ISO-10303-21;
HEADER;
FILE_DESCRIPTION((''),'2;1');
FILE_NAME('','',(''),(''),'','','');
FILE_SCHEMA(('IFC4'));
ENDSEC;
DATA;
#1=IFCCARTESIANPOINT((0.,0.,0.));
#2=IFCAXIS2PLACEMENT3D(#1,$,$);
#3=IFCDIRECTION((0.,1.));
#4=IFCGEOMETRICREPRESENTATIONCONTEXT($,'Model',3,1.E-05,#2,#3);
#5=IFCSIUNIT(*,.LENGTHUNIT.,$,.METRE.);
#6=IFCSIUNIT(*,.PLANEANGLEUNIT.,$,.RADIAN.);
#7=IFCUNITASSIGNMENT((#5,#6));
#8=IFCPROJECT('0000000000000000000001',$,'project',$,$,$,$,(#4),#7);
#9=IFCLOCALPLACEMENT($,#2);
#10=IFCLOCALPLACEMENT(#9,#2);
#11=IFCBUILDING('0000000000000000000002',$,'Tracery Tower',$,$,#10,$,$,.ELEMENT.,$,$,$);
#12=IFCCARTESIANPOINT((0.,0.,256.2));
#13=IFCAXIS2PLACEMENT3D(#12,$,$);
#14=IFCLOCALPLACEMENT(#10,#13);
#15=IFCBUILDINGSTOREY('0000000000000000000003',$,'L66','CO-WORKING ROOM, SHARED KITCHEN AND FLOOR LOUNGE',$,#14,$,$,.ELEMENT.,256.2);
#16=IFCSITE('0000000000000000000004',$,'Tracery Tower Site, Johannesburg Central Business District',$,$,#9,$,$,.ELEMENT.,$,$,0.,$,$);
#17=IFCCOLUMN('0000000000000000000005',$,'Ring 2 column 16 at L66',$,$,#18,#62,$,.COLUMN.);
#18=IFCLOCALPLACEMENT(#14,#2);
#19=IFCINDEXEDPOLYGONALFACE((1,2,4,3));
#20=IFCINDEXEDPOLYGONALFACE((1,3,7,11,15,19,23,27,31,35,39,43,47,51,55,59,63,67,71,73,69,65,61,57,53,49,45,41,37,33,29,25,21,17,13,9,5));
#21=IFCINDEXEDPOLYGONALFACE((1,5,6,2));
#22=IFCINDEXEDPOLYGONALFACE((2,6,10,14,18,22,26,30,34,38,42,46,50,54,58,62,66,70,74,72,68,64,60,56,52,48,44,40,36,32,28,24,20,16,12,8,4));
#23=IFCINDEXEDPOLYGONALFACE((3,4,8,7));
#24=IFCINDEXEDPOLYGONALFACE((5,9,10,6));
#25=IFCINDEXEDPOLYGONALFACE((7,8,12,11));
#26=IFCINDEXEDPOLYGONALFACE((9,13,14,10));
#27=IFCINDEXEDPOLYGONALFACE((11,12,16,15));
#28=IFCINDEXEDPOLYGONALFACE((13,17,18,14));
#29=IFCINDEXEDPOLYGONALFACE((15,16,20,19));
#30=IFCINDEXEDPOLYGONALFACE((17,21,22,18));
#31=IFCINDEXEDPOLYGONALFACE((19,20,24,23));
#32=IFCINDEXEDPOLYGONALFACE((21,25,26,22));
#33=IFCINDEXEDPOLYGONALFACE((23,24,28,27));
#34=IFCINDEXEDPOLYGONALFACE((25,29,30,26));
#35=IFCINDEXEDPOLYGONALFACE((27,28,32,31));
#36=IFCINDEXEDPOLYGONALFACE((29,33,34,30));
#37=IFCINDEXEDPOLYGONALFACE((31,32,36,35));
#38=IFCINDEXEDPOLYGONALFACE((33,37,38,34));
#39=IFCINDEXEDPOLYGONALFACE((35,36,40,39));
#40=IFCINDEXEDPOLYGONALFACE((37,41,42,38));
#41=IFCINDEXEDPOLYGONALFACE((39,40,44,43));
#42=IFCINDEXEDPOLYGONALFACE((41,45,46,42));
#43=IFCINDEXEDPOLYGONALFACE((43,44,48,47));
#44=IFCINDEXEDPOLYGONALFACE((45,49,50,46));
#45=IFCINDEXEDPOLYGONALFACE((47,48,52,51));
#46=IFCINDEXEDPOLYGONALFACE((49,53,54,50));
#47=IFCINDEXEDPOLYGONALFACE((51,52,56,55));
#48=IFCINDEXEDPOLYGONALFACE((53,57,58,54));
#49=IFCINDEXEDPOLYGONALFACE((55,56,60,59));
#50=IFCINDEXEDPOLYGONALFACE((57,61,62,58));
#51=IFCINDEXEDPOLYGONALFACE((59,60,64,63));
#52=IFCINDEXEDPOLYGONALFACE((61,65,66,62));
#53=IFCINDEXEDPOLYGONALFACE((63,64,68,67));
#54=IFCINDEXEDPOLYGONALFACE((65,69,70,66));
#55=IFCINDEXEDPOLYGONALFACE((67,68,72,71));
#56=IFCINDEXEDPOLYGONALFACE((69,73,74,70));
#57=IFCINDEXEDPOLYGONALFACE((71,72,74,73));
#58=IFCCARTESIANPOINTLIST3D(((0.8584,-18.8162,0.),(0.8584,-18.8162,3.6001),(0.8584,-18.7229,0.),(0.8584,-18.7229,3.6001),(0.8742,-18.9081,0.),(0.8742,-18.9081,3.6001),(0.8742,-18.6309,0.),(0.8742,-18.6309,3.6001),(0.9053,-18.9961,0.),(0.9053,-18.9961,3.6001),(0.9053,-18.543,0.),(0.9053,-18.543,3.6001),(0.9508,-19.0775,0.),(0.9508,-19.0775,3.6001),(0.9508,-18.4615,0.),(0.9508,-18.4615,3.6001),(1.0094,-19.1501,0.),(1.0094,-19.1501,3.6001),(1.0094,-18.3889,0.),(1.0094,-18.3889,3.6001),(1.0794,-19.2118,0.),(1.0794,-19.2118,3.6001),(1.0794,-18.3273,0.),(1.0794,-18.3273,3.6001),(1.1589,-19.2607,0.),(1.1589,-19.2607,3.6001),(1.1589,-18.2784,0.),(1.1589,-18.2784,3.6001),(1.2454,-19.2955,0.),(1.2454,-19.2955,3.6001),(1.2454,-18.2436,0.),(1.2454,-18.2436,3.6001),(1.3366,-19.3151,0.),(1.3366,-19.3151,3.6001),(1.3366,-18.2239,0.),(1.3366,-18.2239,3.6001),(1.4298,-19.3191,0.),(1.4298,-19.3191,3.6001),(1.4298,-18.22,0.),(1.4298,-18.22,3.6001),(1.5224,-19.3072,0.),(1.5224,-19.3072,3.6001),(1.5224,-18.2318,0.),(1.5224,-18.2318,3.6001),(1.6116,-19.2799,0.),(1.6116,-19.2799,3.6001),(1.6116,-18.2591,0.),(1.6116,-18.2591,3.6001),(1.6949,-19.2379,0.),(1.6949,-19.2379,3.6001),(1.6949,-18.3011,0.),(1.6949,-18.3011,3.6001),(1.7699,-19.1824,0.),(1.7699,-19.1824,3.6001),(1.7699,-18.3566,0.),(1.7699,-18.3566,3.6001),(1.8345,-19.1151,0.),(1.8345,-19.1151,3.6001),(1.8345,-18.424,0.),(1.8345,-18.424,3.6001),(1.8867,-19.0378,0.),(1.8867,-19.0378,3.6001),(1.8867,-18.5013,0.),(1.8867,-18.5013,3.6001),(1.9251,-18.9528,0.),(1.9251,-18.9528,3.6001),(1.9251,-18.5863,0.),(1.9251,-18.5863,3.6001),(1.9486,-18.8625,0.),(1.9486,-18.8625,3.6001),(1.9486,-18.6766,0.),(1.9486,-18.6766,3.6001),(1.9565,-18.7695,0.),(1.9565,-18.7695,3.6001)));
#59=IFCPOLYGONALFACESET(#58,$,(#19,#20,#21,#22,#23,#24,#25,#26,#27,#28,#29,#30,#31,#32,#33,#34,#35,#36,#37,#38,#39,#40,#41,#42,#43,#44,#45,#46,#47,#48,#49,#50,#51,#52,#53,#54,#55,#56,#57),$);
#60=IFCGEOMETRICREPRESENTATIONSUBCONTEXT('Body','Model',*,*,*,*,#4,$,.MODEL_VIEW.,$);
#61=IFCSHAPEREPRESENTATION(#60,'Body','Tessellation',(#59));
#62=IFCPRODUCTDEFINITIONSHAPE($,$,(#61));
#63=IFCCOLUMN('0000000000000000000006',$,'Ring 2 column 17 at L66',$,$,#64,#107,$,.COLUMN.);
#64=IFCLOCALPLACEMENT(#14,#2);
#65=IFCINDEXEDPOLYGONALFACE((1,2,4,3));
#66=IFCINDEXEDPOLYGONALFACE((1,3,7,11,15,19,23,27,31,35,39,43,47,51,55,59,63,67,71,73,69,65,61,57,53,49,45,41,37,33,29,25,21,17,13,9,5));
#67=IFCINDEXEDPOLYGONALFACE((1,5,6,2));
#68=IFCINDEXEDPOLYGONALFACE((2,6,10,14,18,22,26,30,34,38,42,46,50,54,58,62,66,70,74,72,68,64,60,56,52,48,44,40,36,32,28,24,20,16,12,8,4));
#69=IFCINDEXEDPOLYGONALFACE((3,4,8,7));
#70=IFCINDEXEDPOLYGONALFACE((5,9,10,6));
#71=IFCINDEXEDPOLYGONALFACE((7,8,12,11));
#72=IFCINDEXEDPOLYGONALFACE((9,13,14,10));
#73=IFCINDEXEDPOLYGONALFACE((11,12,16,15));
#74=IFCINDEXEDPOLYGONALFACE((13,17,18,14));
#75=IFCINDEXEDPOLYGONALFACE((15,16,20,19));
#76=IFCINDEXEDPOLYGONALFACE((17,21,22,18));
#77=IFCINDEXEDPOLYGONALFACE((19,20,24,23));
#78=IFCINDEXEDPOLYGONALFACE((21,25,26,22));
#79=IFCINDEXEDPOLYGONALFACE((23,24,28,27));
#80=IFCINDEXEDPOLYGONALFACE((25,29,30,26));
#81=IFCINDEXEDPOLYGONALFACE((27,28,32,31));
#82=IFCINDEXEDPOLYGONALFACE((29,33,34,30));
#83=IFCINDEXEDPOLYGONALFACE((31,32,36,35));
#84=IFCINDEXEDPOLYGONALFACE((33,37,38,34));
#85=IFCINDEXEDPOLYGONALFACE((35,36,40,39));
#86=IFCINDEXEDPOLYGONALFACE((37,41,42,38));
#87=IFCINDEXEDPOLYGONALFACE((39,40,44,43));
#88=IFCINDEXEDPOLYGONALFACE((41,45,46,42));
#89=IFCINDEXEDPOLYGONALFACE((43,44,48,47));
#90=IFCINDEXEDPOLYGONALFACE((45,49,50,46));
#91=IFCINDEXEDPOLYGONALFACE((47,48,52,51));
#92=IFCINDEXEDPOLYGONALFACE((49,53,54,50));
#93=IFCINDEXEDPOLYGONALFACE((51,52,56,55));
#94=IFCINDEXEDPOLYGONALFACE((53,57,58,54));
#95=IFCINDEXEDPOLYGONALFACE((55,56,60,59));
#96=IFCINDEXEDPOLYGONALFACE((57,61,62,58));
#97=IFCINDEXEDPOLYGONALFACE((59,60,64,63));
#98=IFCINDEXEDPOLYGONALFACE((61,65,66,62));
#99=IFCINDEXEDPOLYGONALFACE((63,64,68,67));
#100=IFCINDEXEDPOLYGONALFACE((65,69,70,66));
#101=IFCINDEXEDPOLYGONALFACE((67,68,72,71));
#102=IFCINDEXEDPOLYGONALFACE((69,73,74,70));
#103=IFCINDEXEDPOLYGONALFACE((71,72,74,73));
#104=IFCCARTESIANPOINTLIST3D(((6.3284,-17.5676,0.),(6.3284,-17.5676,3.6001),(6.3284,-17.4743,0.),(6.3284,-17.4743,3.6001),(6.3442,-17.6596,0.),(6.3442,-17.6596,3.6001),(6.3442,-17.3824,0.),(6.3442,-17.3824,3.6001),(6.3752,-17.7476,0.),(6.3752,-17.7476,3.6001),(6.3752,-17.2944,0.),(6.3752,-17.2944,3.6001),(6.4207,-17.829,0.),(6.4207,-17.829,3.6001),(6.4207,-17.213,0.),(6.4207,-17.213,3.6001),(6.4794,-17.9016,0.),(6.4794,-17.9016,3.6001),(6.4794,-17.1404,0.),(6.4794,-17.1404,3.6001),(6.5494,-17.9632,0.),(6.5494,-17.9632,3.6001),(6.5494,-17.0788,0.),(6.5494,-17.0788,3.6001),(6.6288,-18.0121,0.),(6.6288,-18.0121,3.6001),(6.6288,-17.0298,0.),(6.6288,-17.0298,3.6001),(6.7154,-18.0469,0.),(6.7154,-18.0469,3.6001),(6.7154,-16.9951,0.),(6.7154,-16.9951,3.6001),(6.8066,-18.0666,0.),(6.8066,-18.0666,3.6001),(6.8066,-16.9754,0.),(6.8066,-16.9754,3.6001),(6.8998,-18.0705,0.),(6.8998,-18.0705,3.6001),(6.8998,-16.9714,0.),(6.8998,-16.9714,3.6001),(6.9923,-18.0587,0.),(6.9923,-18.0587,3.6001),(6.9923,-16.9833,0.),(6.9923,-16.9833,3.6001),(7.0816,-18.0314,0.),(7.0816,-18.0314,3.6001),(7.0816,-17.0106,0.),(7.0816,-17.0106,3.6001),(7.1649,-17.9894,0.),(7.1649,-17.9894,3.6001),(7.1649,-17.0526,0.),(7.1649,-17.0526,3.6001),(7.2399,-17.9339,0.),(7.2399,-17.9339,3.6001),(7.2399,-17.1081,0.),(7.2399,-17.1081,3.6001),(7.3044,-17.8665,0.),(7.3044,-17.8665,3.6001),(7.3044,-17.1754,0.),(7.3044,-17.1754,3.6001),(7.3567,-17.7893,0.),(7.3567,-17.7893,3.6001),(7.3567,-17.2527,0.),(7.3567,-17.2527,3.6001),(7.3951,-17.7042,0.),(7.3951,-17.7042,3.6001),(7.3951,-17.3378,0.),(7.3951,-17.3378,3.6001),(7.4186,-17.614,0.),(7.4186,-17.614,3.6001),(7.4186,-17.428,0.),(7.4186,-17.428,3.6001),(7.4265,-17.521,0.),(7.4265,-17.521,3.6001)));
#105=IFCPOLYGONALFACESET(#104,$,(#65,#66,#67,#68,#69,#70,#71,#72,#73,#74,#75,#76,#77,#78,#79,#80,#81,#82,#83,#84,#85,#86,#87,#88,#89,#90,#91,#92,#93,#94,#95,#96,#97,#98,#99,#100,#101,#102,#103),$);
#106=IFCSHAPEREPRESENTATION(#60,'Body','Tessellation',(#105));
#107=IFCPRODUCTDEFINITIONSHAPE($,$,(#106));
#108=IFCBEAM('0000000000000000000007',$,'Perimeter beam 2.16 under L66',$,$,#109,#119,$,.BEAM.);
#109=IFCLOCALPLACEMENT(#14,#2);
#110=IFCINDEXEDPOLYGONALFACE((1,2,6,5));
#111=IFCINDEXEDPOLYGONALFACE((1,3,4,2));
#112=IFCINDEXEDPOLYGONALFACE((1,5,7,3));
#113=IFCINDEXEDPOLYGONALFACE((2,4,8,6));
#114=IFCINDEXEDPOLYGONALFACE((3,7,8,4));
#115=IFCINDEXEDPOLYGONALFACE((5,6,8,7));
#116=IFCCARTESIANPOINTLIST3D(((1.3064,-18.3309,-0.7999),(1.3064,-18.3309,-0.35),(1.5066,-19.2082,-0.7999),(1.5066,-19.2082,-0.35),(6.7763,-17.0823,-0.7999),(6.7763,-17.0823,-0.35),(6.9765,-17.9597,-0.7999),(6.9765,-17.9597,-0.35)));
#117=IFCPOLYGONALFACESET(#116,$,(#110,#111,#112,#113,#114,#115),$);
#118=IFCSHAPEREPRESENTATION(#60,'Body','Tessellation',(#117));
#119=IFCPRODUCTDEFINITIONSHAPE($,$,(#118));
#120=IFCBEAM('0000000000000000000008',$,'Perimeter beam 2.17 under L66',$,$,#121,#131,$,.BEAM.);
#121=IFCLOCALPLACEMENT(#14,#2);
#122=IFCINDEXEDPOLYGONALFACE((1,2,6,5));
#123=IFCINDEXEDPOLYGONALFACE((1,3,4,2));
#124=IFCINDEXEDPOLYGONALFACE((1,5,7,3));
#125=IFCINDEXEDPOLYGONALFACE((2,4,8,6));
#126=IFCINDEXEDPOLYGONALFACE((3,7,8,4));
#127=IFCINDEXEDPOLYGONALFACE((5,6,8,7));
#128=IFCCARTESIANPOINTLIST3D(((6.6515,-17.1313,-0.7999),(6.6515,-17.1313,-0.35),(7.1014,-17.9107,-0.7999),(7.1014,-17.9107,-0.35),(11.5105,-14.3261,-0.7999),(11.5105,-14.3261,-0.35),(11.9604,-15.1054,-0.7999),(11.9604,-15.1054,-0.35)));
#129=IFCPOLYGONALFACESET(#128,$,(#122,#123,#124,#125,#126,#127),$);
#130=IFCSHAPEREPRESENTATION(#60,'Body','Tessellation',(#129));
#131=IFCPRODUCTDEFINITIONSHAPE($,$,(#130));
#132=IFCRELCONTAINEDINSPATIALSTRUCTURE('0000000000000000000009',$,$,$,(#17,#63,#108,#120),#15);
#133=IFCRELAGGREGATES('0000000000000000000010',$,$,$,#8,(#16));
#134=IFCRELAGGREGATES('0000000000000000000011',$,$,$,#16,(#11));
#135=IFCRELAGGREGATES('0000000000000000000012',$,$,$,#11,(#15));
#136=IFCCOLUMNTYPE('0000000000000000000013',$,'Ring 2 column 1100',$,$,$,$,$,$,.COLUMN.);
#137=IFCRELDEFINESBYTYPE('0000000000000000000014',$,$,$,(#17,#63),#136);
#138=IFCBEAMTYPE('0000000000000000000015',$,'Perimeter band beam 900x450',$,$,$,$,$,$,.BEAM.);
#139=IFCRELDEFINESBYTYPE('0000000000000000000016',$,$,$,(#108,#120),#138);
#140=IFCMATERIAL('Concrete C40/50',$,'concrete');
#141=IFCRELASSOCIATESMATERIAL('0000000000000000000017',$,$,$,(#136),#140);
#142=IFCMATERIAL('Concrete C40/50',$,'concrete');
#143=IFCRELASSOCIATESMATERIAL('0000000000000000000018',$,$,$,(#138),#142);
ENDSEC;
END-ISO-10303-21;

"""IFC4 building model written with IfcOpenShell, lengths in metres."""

from ifc_helpers import new_model, si_unit, direction, frame, origin, origin_2d, place, context, subcontext, project, spatial, rectangle, circle, extrude, material, material_profile, profile_set, type_object, element, save


model = new_model("IFC4")

# Units and contexts
model_context = context("Model", 3, precision=1e-05, world=origin(), true_north=direction((0.0, 1.0)))
body_context = subcontext(model_context, "Body", "Model", "MODEL_VIEW")
ifc_project = project(units=[si_unit("LENGTHUNIT", "METRE"), si_unit("PLANEANGLEUNIT", "RADIAN")], contexts=[model_context])

# Site, building, storey
site_placement = place(None, origin())
site = spatial("IfcSite", under=ifc_project, at=site_placement, Name="Tracery Tower Site, Johannesburg Central Business District", CompositionType="ELEMENT", RefElevation=0.0)
building_placement = place(site_placement, origin())
building = spatial("IfcBuilding", under=site, at=building_placement, Name="Tracery Tower", CompositionType="ELEMENT")
storey_placement = place(building_placement, frame((0.0, 0.0, 256.2)))
storey = spatial("IfcBuildingStorey", under=building, at=storey_placement, Name="L66", Description="CO-WORKING ROOM, SHARED KITCHEN AND FLOOR LOUNGE", CompositionType="ELEMENT", Elevation=256.2)

# Columns
ifc_material_1 = material(Name="Concrete C40/50", Category="concrete")
ifc_material_profile_1 = material_profile(ifc_material_1, circle(Radius=0.55, at=origin_2d()), Name="RC D1100")
ifc_profile_set_1 = profile_set([ifc_material_profile_1], Name="Concrete C40/50")
column_type = type_object("IfcColumnType", Name="Ring 2 column 1100", PredefinedType="COLUMN", material=ifc_profile_set_1)
for number, where, z_axis, x_axis, name in (
    (1, (1.4065, -18.7695, 0.0), (0.0, 0.0, 1.0), (1.0, 0.0, 0.0), "Ring 2 column 16 at L66"),
    (2, (6.8765, -17.521, 0.0), (0.0, 0.0, 1.0), (1.0, 0.0, 0.0), "Ring 2 column 17 at L66"),
):
    element("IfcColumn", number, at=place(storey_placement, frame(where, z_axis=z_axis, x_axis=x_axis)), inside=storey, type_object=column_type, Name=name, PredefinedType="COLUMN", context=body_context, shape_type="SweptSolid", body=[
        extrude(circle(Radius=0.55, at=origin_2d()), origin(), (0.0, 0.0, 1.0), 3.6001),
    ])

# Beams
ifc_material_2 = material(Name="Concrete C40/50", Category="concrete")
ifc_material_profile_2 = material_profile(ifc_material_2, rectangle(XDim=0.8999, YDim=0.45, at=origin_2d()), Name="RC 900x450")
ifc_profile_set_2 = profile_set([ifc_material_profile_2], Name="Concrete C40/50")
beam_type = type_object("IfcBeamType", Name="Perimeter band beam 900x450", PredefinedType="BEAM", material=ifc_profile_set_2)
for number, where, z_axis, x_axis, name in (
    (3, (1.4065, -18.7695, -0.575), (0.974926, 0.222529, 0.0), (-0.222529, 0.974926, 0.0), "Perimeter beam 2.16 under L66"),
    (4, (6.8765, -17.521, -0.575), (0.866033, 0.499986, 0.0), (-0.499986, 0.866033, 0.0), "Perimeter beam 2.17 under L66"),
):
    element("IfcBeam", number, at=place(storey_placement, frame(where, z_axis=z_axis, x_axis=x_axis)), inside=storey, type_object=beam_type, Name=name, PredefinedType="BEAM", context=body_context, shape_type="SweptSolid", body=[
        extrude(rectangle(XDim=0.8999, YDim=0.45, at=origin_2d()), origin(), (0.0, 0.0, 1.0), 5.6106),
    ])

save(model, "model.ifc")
